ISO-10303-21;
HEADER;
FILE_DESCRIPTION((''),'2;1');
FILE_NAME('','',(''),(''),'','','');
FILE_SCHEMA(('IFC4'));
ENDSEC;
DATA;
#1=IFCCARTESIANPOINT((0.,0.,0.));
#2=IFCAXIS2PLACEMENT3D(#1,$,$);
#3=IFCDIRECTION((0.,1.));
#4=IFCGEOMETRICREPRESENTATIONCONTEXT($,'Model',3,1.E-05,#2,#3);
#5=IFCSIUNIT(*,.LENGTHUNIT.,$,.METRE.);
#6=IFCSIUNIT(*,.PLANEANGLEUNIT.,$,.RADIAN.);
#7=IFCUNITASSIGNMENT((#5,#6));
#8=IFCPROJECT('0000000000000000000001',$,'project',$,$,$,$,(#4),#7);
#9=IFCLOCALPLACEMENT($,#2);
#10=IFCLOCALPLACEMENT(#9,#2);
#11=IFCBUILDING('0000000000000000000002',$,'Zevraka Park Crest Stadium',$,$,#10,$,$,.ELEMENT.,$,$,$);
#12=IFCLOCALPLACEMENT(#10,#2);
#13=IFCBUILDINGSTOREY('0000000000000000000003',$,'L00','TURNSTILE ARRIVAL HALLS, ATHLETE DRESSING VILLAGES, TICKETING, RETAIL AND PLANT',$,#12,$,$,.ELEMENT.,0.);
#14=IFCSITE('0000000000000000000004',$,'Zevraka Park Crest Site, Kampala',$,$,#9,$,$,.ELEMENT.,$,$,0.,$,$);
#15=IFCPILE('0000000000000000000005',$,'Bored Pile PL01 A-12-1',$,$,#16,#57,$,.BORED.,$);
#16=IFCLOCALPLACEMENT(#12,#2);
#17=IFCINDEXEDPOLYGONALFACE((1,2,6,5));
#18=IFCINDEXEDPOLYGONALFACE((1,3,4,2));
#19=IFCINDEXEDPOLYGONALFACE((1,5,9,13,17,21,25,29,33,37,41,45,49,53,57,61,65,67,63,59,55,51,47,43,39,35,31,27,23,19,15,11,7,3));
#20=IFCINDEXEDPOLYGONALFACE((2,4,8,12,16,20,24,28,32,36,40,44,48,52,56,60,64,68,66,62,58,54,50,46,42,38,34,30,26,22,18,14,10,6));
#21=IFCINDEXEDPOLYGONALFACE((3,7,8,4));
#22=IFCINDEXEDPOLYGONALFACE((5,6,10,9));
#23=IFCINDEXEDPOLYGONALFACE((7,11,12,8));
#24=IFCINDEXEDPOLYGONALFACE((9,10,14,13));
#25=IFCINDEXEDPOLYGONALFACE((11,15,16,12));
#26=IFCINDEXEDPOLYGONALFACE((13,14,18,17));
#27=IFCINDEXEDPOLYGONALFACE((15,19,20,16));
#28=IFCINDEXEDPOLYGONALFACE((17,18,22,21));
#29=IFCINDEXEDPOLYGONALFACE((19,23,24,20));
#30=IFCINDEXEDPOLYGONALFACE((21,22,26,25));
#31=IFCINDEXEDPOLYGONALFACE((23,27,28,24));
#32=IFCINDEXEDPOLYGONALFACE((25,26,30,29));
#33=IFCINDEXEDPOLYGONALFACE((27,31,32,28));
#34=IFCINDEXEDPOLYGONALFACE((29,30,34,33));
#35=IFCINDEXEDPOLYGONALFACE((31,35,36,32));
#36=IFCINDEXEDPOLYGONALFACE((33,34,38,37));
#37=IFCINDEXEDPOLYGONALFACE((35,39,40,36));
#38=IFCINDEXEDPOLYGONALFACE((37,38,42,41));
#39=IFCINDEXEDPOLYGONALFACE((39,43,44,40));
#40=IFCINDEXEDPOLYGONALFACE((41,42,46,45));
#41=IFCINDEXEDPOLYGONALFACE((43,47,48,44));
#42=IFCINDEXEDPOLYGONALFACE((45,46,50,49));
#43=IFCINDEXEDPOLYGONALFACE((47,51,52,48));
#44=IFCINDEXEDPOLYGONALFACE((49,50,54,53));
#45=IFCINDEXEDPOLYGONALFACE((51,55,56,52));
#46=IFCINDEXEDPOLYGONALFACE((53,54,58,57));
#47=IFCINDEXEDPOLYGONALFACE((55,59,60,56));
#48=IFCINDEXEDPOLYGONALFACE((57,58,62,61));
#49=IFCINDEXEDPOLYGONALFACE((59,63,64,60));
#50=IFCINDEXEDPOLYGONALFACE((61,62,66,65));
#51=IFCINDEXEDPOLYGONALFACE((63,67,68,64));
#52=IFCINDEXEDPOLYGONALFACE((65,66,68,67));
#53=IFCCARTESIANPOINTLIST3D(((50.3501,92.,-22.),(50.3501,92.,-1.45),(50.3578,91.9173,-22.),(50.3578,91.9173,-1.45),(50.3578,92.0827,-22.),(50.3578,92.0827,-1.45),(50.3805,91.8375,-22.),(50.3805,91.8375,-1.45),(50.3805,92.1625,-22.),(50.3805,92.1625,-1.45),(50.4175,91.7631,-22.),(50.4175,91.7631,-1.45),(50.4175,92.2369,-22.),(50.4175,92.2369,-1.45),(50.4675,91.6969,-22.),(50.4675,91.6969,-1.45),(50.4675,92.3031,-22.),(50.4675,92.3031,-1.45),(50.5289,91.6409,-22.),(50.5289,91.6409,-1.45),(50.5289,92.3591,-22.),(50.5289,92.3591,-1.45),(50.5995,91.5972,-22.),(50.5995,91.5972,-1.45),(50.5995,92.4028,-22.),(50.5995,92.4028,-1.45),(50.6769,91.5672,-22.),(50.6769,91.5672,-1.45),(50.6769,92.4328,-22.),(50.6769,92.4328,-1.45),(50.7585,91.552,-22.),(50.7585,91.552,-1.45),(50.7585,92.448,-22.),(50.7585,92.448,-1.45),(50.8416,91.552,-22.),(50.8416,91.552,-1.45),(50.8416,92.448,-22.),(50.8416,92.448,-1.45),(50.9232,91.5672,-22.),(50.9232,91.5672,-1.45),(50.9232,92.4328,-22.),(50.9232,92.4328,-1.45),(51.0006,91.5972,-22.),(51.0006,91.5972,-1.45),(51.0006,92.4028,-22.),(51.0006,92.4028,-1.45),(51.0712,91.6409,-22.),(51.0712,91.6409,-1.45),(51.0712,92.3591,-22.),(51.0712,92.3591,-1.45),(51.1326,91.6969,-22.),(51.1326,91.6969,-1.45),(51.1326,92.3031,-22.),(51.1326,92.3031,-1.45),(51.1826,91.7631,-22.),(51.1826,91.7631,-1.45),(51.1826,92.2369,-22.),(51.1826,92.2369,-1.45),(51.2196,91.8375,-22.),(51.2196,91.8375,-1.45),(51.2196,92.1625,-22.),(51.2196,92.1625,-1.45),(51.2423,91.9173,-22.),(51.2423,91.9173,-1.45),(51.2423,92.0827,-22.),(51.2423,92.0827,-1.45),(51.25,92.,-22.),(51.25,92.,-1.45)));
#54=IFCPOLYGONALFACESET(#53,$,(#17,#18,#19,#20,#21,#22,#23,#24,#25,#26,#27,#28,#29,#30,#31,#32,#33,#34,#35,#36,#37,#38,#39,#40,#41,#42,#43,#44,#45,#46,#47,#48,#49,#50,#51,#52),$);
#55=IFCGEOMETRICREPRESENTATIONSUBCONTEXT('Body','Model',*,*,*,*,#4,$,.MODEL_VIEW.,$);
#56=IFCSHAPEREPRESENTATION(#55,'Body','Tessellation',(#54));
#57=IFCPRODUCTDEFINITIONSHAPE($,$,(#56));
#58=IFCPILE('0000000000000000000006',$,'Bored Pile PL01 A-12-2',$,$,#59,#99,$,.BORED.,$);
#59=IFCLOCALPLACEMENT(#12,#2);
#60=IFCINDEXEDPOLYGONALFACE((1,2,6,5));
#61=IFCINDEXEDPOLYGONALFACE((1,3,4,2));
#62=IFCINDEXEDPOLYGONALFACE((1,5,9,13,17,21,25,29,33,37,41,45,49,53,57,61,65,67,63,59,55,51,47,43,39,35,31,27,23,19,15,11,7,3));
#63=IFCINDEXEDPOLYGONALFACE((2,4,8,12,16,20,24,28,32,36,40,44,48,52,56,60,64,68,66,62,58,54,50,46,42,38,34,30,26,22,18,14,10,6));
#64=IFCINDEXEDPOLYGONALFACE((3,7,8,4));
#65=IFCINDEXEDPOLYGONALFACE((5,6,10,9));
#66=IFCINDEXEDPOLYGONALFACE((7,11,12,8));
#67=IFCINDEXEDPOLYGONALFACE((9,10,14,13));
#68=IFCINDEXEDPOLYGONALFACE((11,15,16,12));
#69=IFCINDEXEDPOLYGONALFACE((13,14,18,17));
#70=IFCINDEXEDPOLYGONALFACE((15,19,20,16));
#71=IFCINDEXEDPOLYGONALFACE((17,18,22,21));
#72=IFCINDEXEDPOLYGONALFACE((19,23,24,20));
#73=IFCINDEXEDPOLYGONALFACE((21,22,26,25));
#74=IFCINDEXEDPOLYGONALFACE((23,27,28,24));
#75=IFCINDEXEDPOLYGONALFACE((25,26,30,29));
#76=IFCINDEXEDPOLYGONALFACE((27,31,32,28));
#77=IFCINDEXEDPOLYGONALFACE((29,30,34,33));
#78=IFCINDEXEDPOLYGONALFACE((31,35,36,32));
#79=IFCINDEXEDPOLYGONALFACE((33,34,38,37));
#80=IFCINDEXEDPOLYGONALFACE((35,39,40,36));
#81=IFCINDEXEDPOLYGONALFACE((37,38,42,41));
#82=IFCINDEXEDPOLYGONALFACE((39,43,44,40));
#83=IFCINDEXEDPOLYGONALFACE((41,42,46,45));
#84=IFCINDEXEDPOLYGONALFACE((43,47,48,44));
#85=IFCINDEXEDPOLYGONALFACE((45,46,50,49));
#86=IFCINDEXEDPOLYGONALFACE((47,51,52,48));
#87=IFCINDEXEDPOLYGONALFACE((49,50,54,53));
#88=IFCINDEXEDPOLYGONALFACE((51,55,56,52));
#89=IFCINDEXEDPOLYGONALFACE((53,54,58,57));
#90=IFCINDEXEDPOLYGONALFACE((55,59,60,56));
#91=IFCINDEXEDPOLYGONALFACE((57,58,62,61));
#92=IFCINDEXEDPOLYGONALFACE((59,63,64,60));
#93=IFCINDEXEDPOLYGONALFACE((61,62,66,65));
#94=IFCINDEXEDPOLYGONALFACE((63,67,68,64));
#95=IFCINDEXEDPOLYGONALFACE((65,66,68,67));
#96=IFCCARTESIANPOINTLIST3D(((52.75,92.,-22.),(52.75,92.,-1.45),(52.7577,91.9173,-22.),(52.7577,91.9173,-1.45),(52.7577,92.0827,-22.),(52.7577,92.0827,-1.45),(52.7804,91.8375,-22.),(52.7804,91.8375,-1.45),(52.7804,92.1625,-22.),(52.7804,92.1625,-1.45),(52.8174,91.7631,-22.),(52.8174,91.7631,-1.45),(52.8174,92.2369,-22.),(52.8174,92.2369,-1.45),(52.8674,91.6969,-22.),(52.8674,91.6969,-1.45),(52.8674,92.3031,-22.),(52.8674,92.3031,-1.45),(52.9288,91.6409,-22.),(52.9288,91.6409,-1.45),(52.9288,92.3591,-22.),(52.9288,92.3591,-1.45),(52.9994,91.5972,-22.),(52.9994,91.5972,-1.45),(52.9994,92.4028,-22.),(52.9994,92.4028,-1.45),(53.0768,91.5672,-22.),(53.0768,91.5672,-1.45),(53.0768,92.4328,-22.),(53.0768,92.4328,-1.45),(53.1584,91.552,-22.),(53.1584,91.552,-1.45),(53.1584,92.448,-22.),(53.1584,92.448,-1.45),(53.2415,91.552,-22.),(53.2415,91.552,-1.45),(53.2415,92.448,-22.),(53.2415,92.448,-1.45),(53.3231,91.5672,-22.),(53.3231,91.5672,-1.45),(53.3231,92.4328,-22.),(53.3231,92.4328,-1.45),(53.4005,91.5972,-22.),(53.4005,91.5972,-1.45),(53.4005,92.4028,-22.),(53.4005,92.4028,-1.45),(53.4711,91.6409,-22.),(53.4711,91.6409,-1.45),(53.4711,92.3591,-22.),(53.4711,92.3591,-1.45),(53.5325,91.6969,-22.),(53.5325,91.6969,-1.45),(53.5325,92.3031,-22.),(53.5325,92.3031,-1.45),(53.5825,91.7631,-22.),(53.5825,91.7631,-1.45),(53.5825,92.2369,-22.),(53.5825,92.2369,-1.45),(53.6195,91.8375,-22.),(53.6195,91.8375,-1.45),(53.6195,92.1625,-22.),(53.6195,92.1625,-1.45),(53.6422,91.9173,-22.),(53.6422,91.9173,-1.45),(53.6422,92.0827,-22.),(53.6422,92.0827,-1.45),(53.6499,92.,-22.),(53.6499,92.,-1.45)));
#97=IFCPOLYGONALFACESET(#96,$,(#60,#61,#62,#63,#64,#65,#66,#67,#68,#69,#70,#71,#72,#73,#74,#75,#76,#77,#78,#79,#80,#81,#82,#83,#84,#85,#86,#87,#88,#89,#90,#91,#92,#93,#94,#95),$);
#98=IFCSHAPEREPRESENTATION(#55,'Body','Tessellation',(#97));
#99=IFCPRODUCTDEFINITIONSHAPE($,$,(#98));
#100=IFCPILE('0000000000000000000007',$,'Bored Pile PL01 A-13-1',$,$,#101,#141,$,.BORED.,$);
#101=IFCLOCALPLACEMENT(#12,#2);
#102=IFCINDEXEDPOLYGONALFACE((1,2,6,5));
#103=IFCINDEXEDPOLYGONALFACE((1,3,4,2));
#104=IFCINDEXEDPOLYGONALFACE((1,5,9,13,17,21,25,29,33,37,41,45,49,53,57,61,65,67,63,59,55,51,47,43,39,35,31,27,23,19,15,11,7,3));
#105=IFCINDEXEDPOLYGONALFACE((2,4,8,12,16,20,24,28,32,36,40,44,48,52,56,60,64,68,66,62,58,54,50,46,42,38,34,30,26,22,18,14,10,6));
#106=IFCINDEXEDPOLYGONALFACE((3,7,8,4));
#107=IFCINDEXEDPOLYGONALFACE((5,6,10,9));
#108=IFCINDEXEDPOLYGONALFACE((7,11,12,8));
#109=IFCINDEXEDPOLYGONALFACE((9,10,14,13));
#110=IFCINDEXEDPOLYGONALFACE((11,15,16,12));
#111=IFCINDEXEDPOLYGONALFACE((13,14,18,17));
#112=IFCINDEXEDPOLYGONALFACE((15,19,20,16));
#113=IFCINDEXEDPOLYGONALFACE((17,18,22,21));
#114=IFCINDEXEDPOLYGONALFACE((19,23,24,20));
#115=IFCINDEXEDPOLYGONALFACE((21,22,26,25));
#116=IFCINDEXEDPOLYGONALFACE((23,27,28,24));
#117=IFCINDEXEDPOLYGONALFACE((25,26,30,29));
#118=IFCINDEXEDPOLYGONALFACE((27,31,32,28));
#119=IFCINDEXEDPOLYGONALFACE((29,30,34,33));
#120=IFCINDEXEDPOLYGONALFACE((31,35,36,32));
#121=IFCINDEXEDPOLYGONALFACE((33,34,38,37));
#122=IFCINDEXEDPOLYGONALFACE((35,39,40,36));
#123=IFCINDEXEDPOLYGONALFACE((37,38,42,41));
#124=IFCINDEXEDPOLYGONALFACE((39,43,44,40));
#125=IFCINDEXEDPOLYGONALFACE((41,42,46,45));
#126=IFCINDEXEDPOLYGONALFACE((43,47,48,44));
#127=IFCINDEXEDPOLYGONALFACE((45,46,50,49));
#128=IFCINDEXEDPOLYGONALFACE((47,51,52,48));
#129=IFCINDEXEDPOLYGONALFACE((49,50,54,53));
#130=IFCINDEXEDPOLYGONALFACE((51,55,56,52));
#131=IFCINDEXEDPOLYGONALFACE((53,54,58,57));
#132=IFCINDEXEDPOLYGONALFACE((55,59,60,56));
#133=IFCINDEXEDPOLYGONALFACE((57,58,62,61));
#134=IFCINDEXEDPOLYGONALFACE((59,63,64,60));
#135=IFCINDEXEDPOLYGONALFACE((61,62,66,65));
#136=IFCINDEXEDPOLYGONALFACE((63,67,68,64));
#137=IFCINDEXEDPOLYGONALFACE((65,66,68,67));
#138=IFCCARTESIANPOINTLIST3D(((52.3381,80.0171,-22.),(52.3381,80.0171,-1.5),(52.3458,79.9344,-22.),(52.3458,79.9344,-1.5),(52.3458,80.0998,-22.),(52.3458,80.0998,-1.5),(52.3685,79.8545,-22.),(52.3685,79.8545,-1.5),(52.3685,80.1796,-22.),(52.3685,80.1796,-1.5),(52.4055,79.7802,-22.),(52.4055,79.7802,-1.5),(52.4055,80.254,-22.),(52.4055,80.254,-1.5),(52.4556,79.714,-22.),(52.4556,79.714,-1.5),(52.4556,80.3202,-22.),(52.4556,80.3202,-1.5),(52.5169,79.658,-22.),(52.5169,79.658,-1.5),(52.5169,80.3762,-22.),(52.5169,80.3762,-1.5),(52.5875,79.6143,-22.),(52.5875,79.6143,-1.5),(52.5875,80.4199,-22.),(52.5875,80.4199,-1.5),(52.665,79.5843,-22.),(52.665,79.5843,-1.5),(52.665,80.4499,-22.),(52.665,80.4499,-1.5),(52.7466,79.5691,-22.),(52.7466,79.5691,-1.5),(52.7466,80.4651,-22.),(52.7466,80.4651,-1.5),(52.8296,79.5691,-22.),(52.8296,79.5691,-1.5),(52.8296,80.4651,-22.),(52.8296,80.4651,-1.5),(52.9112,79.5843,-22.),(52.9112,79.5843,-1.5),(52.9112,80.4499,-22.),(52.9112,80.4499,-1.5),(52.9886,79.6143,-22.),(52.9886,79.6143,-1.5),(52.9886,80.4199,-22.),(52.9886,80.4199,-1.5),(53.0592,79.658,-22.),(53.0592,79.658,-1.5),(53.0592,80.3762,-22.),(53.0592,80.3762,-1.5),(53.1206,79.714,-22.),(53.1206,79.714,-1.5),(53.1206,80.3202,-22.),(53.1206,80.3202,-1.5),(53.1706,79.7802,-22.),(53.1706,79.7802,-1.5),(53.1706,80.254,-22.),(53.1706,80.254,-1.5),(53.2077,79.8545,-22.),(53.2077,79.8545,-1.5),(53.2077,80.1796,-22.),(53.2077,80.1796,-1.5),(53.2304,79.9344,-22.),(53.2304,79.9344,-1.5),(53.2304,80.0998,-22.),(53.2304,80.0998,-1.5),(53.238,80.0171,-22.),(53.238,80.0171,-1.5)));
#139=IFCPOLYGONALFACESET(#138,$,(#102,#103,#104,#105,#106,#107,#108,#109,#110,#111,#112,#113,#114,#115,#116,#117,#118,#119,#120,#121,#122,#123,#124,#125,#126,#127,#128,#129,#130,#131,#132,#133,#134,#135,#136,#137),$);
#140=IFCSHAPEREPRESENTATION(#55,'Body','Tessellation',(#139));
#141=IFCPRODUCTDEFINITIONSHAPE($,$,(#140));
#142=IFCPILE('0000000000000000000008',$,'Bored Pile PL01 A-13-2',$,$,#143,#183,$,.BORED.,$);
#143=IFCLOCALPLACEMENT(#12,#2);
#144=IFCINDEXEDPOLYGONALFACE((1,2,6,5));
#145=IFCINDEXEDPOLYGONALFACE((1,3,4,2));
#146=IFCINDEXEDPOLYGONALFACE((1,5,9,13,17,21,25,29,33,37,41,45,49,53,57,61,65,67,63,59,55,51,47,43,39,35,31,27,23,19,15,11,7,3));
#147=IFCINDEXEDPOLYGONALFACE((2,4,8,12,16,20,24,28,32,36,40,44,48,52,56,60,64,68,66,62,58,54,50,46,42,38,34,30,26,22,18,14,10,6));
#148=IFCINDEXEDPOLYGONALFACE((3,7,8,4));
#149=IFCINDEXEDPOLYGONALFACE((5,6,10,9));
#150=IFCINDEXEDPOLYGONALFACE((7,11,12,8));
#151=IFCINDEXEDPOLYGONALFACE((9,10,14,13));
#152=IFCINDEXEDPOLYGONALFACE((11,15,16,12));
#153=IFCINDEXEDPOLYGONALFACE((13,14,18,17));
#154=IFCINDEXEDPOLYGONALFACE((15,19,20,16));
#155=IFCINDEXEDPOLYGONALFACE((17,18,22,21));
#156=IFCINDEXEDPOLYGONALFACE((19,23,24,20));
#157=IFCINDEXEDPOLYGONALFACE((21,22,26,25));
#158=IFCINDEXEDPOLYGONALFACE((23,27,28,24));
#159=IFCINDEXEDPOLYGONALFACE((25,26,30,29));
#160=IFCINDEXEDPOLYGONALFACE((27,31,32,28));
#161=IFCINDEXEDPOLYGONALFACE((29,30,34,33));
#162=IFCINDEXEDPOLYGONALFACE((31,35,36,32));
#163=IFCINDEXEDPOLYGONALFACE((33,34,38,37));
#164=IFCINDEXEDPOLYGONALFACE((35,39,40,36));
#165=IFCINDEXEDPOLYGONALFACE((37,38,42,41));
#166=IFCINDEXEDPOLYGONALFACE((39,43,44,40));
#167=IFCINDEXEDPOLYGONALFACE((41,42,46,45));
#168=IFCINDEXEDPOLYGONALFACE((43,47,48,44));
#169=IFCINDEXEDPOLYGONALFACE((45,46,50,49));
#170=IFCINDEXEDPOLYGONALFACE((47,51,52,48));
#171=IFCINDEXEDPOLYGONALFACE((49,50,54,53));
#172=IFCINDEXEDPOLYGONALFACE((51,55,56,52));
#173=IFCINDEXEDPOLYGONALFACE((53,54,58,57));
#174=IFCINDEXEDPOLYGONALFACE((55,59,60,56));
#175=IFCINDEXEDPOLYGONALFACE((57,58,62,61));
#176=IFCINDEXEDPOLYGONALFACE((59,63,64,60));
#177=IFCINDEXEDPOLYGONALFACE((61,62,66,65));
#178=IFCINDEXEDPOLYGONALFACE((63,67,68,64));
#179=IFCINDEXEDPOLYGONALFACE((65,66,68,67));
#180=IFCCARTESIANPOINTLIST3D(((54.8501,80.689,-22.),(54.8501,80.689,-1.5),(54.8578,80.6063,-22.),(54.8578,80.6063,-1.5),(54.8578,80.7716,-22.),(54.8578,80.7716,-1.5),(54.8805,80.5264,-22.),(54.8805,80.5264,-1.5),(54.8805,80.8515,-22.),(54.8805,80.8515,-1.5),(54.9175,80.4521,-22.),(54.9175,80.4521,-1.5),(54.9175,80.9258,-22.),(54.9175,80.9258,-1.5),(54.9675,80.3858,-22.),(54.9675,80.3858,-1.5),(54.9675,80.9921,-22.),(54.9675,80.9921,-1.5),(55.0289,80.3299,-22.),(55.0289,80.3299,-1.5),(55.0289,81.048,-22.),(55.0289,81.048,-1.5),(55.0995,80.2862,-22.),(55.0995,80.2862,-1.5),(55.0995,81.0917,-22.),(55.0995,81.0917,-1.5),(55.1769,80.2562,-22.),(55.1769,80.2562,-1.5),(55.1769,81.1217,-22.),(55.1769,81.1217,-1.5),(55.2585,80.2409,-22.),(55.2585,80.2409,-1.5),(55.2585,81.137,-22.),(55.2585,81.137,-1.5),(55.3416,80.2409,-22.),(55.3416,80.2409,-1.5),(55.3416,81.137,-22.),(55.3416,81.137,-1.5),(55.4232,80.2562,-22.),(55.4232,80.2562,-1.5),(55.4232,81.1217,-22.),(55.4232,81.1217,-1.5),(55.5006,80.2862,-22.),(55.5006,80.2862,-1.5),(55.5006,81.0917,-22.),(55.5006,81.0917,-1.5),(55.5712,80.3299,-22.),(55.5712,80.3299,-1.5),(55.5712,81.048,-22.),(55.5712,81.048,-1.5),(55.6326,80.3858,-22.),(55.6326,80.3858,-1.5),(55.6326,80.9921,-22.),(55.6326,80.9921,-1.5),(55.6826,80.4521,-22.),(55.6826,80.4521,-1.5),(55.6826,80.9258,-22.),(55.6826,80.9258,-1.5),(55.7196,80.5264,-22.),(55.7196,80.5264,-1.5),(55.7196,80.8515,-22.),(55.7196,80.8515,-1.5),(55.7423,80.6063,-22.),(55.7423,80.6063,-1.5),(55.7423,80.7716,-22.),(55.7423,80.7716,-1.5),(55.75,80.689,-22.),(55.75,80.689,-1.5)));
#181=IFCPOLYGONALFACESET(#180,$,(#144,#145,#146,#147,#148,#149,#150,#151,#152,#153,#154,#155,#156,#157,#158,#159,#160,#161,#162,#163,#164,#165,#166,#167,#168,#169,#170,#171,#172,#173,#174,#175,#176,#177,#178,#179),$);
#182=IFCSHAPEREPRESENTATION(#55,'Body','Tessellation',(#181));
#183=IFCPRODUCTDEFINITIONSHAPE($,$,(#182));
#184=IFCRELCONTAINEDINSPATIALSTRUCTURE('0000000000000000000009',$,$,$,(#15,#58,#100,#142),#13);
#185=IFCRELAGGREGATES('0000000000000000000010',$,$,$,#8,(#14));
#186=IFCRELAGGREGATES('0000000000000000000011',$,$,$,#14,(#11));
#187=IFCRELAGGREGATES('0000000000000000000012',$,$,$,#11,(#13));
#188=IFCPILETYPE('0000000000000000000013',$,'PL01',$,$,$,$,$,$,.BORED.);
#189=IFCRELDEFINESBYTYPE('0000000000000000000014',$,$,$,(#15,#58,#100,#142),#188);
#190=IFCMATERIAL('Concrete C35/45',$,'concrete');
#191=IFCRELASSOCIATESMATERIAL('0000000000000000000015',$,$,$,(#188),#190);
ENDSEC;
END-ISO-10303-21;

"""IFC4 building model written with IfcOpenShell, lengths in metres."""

from ifc_helpers import new_model, si_unit, direction, frame, origin, origin_2d, place, context, subcontext, project, spatial, circle, extrude, material, material_profile, profile_set, type_object, element, save


model = new_model("IFC4")

# Units and contexts
model_context = context("Model", 3, precision=1e-05, world=origin(), true_north=direction((0.0, 1.0)))
body_context = subcontext(model_context, "Body", "Model", "MODEL_VIEW")
ifc_project = project(units=[si_unit("LENGTHUNIT", "METRE"), si_unit("PLANEANGLEUNIT", "RADIAN")], contexts=[model_context])

# Site, building, storey
site_placement = place(None, origin())
site = spatial("IfcSite", under=ifc_project, at=site_placement, Name="Zevraka Park Crest Site, Kampala", CompositionType="ELEMENT", RefElevation=0.0)
building_placement = place(site_placement, origin())
building = spatial("IfcBuilding", under=site, at=building_placement, Name="Zevraka Park Crest Stadium", CompositionType="ELEMENT")
storey_placement = place(building_placement, origin())
storey = spatial("IfcBuildingStorey", under=building, at=storey_placement, Name="L00", Description="TURNSTILE ARRIVAL HALLS, ATHLETE DRESSING VILLAGES, TICKETING, RETAIL AND PLANT", CompositionType="ELEMENT", Elevation=0.0)

# Piles
ifc_material_1 = material(Name="Concrete C35/45", Category="concrete")
ifc_material_profile_1 = material_profile(ifc_material_1, circle(Radius=0.45, at=origin_2d()), Name="PILE D900")
ifc_profile_set_1 = profile_set([ifc_material_profile_1], Name="Concrete C35/45")
pile_type_1 = type_object("IfcPileType", Name="PL01", PredefinedType="BORED", material=ifc_profile_set_1)
for number, where, z_axis, x_axis, name in (
    (1, (50.8, 92.0, -1.45), (0.0, 0.0, -1.0), (1.0, 0.0, 0.0), "Bored Pile PL01 A-12-1"),
    (2, (53.2, 92.0, -1.45), (0.0, 0.0, -1.0), (1.0, 0.0, 0.0), "Bored Pile PL01 A-12-2"),
):
    element("IfcPile", number, at=place(storey_placement, frame(where, z_axis=z_axis, x_axis=x_axis)), inside=storey, type_object=pile_type_1, Name=name, PredefinedType="BORED", context=body_context, shape_type="SweptSolid", body=[
        extrude(circle(Radius=0.45, at=origin_2d()), origin(), (0.0, 0.0, 1.0), 20.55),
    ])
for number, where, z_axis, x_axis, name in (
    (3, (52.7881, 80.0171, -1.5), (0.0, 0.0, -1.0), (1.0, 0.0, 0.0), "Bored Pile PL01 A-13-1"),
    (4, (55.3, 80.689, -1.5), (0.0, 0.0, -1.0), (1.0, 0.0, 0.0), "Bored Pile PL01 A-13-2"),
):
    element("IfcPile", number, at=place(storey_placement, frame(where, z_axis=z_axis, x_axis=x_axis)), inside=storey, type_object=pile_type_1, Name=name, PredefinedType="BORED", context=body_context, shape_type="SweptSolid", body=[
        extrude(circle(Radius=0.45, at=origin_2d()), origin(), (0.0, 0.0, 1.0), 20.5),
    ])

save(model, "model.ifc")
